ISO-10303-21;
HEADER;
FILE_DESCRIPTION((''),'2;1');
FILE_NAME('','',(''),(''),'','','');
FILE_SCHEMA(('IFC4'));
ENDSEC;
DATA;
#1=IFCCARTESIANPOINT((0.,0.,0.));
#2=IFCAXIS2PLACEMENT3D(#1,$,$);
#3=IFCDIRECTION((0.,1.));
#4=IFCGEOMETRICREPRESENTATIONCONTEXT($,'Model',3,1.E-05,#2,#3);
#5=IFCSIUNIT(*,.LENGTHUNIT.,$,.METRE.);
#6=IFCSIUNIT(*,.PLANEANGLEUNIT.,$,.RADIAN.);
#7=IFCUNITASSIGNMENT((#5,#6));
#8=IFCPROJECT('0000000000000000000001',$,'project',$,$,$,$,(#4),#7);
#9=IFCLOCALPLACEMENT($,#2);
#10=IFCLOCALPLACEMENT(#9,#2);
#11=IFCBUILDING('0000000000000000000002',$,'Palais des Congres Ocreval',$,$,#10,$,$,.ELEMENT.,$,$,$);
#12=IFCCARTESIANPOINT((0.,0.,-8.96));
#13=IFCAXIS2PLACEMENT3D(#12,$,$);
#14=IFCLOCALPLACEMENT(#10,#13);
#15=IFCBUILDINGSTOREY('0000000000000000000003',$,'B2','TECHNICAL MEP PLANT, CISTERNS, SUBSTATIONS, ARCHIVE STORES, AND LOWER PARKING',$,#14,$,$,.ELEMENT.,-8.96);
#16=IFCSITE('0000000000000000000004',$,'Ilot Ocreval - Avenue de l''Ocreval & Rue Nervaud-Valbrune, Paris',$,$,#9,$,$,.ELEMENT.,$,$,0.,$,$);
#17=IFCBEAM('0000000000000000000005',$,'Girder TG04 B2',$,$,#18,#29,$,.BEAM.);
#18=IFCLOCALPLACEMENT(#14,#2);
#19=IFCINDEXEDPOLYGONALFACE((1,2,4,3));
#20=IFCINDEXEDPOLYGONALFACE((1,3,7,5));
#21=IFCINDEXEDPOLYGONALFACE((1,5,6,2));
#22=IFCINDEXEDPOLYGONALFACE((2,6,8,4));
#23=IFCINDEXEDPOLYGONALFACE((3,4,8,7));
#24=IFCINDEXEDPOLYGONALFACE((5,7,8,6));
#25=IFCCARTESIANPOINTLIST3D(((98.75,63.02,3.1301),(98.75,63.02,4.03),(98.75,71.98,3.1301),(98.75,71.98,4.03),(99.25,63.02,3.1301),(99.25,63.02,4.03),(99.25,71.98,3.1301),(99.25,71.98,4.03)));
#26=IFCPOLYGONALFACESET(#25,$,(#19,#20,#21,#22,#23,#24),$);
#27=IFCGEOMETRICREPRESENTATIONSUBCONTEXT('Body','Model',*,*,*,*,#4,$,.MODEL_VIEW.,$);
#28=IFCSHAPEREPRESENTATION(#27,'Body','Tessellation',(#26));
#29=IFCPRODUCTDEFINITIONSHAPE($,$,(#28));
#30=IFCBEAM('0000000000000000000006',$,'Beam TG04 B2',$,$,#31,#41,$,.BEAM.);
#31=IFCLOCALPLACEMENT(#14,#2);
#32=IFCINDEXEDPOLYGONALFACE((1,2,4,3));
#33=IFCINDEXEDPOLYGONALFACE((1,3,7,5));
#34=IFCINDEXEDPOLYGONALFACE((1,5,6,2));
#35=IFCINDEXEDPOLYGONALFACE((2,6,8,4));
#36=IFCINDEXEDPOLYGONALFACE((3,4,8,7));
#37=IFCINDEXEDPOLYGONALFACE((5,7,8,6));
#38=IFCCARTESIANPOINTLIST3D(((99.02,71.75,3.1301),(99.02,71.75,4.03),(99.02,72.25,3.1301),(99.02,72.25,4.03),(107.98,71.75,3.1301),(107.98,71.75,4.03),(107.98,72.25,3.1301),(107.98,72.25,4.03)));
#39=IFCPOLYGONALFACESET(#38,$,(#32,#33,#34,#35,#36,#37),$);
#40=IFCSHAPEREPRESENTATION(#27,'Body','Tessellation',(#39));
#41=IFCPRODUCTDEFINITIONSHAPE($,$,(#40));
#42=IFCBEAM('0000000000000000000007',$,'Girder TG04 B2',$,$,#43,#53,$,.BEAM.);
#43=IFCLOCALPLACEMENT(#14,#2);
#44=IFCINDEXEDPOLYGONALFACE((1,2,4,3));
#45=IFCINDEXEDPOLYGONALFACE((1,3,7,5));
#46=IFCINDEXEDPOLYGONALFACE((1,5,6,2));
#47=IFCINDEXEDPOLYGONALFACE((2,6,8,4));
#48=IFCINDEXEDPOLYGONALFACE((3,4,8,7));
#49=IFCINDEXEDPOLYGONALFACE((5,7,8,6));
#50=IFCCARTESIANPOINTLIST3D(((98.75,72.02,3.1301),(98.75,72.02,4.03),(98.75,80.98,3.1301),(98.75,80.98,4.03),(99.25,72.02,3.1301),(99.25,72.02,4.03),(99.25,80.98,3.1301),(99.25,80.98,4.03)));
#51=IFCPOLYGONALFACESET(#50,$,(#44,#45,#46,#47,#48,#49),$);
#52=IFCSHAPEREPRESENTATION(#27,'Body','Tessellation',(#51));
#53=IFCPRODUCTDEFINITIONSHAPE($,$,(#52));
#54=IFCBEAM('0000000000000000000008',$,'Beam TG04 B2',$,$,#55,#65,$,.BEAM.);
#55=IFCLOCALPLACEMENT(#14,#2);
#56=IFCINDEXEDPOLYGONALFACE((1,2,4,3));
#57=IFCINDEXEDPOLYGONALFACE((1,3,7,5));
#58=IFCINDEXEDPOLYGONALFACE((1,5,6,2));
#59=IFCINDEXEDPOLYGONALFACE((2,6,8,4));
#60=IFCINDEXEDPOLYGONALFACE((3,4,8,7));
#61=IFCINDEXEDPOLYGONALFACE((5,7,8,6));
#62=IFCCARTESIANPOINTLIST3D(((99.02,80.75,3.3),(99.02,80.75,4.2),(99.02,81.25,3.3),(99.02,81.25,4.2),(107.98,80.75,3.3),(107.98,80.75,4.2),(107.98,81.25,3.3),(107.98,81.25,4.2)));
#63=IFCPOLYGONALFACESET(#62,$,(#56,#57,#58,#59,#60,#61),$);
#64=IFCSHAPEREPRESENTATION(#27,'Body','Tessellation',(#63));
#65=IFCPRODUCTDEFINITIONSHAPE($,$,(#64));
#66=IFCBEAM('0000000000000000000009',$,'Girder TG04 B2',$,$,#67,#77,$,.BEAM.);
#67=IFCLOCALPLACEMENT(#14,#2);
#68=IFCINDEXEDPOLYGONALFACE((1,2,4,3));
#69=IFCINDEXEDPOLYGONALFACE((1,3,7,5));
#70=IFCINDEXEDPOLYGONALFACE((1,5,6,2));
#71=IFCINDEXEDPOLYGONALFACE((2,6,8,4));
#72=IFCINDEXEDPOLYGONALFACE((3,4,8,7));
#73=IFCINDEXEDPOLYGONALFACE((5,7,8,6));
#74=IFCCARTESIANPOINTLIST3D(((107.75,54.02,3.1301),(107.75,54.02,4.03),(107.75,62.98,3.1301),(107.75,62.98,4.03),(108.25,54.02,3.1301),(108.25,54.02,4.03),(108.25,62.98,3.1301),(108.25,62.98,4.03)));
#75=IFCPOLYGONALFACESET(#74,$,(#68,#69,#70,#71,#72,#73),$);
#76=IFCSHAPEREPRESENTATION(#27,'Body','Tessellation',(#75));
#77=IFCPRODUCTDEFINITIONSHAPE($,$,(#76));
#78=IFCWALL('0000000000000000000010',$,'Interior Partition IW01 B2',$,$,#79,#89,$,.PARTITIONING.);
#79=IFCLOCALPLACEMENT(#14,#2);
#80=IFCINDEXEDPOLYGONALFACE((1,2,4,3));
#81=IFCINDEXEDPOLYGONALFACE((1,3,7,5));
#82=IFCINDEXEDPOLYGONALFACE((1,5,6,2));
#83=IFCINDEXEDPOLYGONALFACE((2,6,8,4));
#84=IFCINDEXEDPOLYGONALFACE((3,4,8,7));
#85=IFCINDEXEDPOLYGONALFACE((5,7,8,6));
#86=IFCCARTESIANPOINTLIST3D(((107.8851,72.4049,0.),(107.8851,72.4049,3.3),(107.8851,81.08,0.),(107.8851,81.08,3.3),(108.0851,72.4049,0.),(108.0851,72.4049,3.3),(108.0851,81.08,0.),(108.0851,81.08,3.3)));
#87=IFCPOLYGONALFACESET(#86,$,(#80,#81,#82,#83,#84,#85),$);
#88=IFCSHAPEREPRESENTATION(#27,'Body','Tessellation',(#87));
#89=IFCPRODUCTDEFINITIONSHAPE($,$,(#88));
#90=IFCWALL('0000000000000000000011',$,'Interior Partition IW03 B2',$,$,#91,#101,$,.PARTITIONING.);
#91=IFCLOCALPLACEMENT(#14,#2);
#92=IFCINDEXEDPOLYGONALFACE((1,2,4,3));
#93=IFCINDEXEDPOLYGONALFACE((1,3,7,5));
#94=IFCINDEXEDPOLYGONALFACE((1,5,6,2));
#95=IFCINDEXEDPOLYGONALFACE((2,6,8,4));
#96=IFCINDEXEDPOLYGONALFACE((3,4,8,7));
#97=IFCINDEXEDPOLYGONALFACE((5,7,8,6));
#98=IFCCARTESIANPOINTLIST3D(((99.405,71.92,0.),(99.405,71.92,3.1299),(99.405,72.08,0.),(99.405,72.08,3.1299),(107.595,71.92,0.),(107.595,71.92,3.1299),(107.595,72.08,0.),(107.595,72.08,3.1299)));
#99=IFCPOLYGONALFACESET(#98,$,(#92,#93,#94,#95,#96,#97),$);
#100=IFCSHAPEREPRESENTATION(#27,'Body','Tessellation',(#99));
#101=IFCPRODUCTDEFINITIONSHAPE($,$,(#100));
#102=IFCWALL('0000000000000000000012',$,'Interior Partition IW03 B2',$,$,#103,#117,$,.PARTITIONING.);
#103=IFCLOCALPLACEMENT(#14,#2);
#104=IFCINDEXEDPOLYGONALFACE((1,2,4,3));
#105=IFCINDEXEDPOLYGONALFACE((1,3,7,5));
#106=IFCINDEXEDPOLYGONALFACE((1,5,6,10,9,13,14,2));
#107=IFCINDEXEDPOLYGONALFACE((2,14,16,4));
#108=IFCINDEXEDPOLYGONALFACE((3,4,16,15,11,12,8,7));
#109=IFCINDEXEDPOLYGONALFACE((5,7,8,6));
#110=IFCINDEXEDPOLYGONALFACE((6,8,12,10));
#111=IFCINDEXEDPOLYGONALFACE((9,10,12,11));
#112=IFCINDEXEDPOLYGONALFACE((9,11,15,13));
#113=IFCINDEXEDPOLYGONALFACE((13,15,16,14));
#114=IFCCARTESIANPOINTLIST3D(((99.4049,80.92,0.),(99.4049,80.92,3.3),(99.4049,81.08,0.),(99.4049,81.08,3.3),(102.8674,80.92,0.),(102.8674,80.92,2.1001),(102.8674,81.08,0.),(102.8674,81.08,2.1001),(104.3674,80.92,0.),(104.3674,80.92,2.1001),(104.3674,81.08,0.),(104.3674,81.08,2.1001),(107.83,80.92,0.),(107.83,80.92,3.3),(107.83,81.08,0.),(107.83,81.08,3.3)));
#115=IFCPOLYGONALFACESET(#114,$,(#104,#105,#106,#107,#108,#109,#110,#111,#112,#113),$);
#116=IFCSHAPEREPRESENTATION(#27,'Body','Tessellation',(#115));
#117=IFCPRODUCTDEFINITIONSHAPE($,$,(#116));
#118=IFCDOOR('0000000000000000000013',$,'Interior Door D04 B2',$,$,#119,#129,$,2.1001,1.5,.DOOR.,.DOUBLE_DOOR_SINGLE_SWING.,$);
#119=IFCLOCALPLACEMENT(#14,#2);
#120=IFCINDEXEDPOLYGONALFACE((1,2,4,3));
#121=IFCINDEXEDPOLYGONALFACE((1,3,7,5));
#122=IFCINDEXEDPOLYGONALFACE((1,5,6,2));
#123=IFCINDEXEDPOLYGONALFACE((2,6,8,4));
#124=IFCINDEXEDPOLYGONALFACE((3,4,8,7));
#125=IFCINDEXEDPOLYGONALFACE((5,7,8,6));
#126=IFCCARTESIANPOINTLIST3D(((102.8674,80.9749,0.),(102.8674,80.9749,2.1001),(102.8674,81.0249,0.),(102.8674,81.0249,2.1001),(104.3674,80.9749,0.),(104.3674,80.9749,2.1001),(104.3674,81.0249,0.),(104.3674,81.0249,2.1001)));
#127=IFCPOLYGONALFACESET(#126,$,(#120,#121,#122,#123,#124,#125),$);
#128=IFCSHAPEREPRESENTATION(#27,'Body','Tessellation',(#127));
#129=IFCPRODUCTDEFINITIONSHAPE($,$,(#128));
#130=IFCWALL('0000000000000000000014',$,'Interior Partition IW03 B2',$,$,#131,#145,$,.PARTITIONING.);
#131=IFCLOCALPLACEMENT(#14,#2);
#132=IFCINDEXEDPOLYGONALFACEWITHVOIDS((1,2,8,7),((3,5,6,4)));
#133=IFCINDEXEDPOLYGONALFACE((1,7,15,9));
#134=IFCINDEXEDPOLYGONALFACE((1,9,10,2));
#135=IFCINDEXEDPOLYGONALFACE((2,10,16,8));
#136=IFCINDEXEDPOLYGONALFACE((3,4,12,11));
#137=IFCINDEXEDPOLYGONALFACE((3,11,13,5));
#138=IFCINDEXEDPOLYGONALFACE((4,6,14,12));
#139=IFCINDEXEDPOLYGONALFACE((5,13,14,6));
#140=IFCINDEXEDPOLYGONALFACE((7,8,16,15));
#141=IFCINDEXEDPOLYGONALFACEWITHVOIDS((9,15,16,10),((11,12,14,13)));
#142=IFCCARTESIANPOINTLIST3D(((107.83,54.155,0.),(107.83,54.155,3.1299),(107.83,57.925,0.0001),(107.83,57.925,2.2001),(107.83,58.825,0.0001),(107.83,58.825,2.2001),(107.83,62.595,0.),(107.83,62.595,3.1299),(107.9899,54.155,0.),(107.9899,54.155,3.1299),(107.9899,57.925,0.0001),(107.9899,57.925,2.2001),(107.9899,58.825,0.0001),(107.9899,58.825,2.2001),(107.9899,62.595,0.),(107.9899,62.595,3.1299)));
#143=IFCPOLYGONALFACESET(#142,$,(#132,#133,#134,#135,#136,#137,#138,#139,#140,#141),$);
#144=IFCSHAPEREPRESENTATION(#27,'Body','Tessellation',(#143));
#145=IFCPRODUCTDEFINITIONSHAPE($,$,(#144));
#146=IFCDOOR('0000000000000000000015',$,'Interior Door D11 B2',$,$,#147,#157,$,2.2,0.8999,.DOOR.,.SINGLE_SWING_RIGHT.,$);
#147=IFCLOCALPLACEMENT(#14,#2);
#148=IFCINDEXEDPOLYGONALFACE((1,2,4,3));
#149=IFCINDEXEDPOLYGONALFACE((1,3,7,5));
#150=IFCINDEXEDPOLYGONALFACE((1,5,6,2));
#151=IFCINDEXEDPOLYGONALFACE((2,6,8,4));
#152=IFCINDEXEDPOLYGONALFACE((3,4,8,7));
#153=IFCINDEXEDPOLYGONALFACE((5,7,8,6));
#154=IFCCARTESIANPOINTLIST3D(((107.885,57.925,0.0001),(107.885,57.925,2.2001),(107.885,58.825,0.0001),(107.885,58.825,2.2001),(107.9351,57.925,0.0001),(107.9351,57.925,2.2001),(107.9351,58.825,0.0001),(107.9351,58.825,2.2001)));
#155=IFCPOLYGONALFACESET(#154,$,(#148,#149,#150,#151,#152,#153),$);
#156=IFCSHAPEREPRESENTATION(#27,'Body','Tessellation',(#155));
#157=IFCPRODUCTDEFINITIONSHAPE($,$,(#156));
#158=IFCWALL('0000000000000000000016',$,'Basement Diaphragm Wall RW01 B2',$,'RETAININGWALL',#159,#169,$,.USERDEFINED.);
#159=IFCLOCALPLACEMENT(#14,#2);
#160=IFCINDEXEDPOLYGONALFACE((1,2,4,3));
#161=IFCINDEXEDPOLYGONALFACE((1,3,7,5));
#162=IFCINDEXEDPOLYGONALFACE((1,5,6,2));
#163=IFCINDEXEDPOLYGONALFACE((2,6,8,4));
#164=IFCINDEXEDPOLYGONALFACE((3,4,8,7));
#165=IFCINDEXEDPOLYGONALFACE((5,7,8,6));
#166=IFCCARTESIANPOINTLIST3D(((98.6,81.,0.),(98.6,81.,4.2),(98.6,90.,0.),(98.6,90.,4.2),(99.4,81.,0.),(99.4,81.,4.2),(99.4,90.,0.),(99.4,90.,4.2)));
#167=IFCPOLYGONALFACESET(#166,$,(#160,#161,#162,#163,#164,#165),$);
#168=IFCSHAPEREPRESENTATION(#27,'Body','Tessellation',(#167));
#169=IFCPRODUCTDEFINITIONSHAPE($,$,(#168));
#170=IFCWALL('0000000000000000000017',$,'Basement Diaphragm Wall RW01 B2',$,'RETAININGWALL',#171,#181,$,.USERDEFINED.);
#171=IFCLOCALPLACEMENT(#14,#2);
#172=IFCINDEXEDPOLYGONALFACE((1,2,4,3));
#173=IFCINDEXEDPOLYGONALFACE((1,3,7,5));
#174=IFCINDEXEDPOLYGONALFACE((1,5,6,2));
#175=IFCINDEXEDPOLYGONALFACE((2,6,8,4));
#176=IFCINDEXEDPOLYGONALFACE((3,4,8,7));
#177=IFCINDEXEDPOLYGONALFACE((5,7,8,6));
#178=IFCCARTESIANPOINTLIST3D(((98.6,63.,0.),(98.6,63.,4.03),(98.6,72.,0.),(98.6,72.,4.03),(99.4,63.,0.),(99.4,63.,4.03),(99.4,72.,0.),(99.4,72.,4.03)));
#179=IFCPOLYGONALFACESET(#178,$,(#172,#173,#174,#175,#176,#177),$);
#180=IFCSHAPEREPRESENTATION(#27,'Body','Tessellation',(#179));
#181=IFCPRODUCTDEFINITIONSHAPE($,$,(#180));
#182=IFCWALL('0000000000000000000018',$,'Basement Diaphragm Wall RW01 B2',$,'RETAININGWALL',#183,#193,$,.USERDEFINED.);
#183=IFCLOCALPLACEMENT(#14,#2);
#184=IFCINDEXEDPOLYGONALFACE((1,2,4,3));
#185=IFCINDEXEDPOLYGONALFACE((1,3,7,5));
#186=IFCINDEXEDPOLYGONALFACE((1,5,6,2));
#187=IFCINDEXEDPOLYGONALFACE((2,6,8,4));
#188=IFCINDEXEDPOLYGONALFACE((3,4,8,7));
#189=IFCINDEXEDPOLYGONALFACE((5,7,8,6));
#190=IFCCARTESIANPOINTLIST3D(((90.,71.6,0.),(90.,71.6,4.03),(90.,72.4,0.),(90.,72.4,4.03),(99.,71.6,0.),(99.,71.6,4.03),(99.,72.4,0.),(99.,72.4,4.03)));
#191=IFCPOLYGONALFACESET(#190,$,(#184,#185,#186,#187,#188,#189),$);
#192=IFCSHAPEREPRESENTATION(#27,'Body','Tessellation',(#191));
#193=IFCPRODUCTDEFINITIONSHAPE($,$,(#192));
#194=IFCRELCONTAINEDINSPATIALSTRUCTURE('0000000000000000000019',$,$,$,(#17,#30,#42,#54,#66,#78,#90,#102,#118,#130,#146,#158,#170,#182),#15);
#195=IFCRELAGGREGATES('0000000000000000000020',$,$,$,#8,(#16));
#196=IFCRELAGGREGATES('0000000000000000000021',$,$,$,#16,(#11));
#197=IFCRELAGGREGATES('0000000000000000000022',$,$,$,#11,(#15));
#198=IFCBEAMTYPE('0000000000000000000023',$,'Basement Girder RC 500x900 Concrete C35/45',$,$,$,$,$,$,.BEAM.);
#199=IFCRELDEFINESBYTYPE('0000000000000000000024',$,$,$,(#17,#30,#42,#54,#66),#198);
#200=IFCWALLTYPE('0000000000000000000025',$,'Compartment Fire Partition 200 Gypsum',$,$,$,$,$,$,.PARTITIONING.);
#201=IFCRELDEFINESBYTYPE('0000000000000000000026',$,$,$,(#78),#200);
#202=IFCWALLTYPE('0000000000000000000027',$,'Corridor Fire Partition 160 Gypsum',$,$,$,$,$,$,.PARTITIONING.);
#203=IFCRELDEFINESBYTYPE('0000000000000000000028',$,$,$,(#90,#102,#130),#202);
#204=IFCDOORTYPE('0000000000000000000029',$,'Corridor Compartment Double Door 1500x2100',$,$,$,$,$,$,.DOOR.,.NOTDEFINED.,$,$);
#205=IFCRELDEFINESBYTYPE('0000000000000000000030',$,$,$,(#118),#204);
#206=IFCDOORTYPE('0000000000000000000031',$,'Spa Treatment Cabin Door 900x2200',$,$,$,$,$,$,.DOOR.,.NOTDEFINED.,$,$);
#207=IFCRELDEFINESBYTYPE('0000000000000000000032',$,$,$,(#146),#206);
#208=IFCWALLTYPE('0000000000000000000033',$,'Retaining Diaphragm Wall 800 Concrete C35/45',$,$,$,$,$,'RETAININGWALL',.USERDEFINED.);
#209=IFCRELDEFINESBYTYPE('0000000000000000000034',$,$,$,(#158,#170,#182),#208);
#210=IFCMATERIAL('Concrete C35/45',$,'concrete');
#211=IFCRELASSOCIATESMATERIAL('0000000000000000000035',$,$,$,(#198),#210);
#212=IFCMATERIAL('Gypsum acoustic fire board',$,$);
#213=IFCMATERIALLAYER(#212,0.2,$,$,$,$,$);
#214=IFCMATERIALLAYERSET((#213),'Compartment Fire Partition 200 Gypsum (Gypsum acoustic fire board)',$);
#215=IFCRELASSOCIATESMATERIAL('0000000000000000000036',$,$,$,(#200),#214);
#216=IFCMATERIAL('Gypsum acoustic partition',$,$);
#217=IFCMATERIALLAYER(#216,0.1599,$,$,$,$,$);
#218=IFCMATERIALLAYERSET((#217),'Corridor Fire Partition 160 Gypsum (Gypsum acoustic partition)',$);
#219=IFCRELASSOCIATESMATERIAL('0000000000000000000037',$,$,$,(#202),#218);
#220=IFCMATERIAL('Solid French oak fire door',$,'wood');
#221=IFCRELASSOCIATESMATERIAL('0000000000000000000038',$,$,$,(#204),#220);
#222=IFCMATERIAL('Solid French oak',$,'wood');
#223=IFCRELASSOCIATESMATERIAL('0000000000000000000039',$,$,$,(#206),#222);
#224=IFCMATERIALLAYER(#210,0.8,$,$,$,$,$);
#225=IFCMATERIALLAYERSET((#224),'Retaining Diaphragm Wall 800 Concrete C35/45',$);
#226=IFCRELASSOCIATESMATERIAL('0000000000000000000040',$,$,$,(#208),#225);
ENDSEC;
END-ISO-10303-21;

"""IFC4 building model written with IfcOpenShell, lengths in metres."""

from ifc_helpers import new_model, si_unit, direction, frame, frame_2d, origin, origin_2d, place, context, subcontext, project, spatial, rectangle, extrude, material, layer, layer_set, material_profile, profile_set, type_object, element, fill, save


model = new_model("IFC4")

# Units and contexts
model_context = context("Model", 3, precision=1e-05, world=origin(), true_north=direction((0.0, 1.0)))
body_context = subcontext(model_context, "Body", "Model", "MODEL_VIEW")
ifc_project = project(units=[si_unit("LENGTHUNIT", "METRE"), si_unit("PLANEANGLEUNIT", "RADIAN")], contexts=[model_context])

# Site, building, storey
site_placement = place(None, origin())
site = spatial("IfcSite", under=ifc_project, at=site_placement, Name="Ilot Ocreval - Avenue de l'Ocreval & Rue Nervaud-Valbrune, Paris", CompositionType="ELEMENT", RefElevation=0.0)
building_placement = place(site_placement, origin())
building = spatial("IfcBuilding", under=site, at=building_placement, Name="Palais des Congres Ocreval", CompositionType="ELEMENT")
storey_placement = place(building_placement, frame((0.0, 0.0, -8.96)))
storey = spatial("IfcBuildingStorey", under=building, at=storey_placement, Name="B2", Description="TECHNICAL MEP PLANT, CISTERNS, SUBSTATIONS, ARCHIVE STORES, AND LOWER PARKING", CompositionType="ELEMENT", Elevation=-8.96)

# Shared definitions
ifc_material_1 = material(Name="Concrete C35/45", Category="concrete")

# Beams
ifc_material_profile_1 = material_profile(ifc_material_1, rectangle(XDim=0.5, YDim=0.8999, at=origin_2d()), Name="RC 500x900")
ifc_profile_set_1 = profile_set([ifc_material_profile_1], Name="Concrete C35/45")
beam_type = type_object("IfcBeamType", Name="Basement Girder RC 500x900 Concrete C35/45", PredefinedType="BEAM", material=ifc_profile_set_1)
for number, where, z_axis, x_axis, name in (
    (1, (99.0, 63.02, 3.5801), (0.0, 1.0, 0.0), (-1.0, 0.0, 0.0), "Girder TG04 B2"),
    (2, (99.02, 72.0, 3.5801), (1.0, 0.0, 0.0), (0.0, 1.0, 0.0), "Beam TG04 B2"),
    (3, (99.0, 72.02, 3.5801), (0.0, 1.0, 0.0), (-1.0, 0.0, 0.0), "Girder TG04 B2"),
    (4, (99.02, 81.0, 3.75), (1.0, 0.0, 0.0), (0.0, 1.0, 0.0), "Beam TG04 B2"),
    (5, (108.0, 54.02, 3.5801), (0.0, 1.0, 0.0), (-1.0, 0.0, 0.0), "Girder TG04 B2"),
):
    element("IfcBeam", number, at=place(storey_placement, frame(where, z_axis=z_axis, x_axis=x_axis)), inside=storey, type_object=beam_type, Name=name, PredefinedType="BEAM", context=body_context, shape_type="SweptSolid", body=[
        extrude(rectangle(XDim=0.5, YDim=0.8999, at=origin_2d()), origin(), (0.0, 0.0, 1.0), 8.96),
    ])

# Walls
ifc_material_2 = material(Name="Gypsum acoustic fire board")
ifc_layer_1 = layer(ifc_material_2, 0.2)
ifc_layer_set_1 = layer_set([ifc_layer_1], Name="Compartment Fire Partition 200 Gypsum (Gypsum acoustic fire board)")
wall_type_1 = type_object("IfcWallType", Name="Compartment Fire Partition 200 Gypsum", PredefinedType="PARTITIONING", material=ifc_layer_set_1)
wall_1_placement = place(storey_placement, frame((107.9851, 72.405, 0.0), z_axis=(0.0, 0.0, 1.0), x_axis=(0.0, 1.0, 0.0)))
element("IfcWall", 6, at=wall_1_placement, inside=storey, type_object=wall_type_1, Name="Interior Partition IW01 B2", PredefinedType="PARTITIONING", context=body_context, shape_type="SweptSolid", body=[
    extrude(rectangle(XDim=8.675, YDim=0.2, at=frame_2d((4.3374, 0.0))), origin(), (0.0, 0.0, 1.0), 3.3),
])
ifc_material_3 = material(Name="Gypsum acoustic partition")
ifc_layer_2 = layer(ifc_material_3, 0.1599)
ifc_layer_set_2 = layer_set([ifc_layer_2], Name="Corridor Fire Partition 160 Gypsum (Gypsum acoustic partition)")
wall_type_2 = type_object("IfcWallType", Name="Corridor Fire Partition 160 Gypsum", PredefinedType="PARTITIONING", material=ifc_layer_set_2)
wall_2_placement = place(storey_placement, frame((99.405, 72.0, 0.0), z_axis=(0.0, 0.0, 1.0), x_axis=(1.0, 0.0, 0.0)))
element("IfcWall", 7, at=wall_2_placement, inside=storey, type_object=wall_type_2, Name="Interior Partition IW03 B2", PredefinedType="PARTITIONING", context=body_context, shape_type="SweptSolid", body=[
    extrude(rectangle(XDim=8.1899, YDim=0.1599, at=frame_2d((4.095, 0.0))), origin(), (0.0, 0.0, 1.0), 3.1299),
])

# Walls, openings, doors
wall_3_placement = place(storey_placement, frame((99.405, 81.0, 0.0), z_axis=(0.0, 0.0, 1.0), x_axis=(1.0, 0.0, 0.0)))
wall_3 = element("IfcWall", 8, at=wall_3_placement, inside=storey, type_object=wall_type_2, Name="Interior Partition IW03 B2", PredefinedType="PARTITIONING", context=body_context, shape_type="SweptSolid", body=[
    extrude(rectangle(XDim=8.425, YDim=0.1599, at=frame_2d((4.2124, 0.0))), origin(), (0.0, 0.0, 1.0), 3.3),
])
opening_1_placement = place(wall_3_placement, frame((3.4624, 0.0, 0.0)))
opening_1 = element("IfcOpeningElement", 9, at=opening_1_placement, cuts=wall_3, PredefinedType="OPENING", context=body_context, shape_type="SweptSolid", body=[
    extrude(rectangle(XDim=1.5, YDim=2.1001, at=frame_2d((0.75, 1.05))), frame((0.0, 0.0898, 0.0), z_axis=(0.0, -1.0, 0.0), x_axis=(1.0, 0.0, 0.0)), (0.0, 0.0, 1.0), 0.1799),
])
ifc_material_4 = material(Name="Solid French oak fire door", Category="wood")
door_type_1 = type_object("IfcDoorType", Name="Corridor Compartment Double Door 1500x2100", OperationType="NOTDEFINED", PredefinedType="DOOR", material=ifc_material_4)
door_1_placement = place(opening_1_placement, origin())
door_1 = element("IfcDoor", 10, at=door_1_placement, inside=storey, type_object=door_type_1, Name="Interior Door D04 B2", OperationType="DOUBLE_DOOR_SINGLE_SWING", OverallHeight=2.1001, OverallWidth=1.5, PredefinedType="DOOR", context=body_context, shape_type="SweptSolid", body=[
    extrude(rectangle(XDim=1.5, YDim=2.1001, at=frame_2d((0.75, 1.05))), frame((0.0, 0.0249, 0.0), z_axis=(0.0, -1.0, 0.0), x_axis=(1.0, 0.0, 0.0)), (0.0, 0.0, 1.0), 0.05),
])
fill(opening_1, door_1)
wall_4_placement = place(storey_placement, frame((107.9099, 54.155, 0.0), z_axis=(0.0, 0.0, 1.0), x_axis=(0.0, 1.0, 0.0)))
wall_4 = element("IfcWall", 11, at=wall_4_placement, inside=storey, type_object=wall_type_2, Name="Interior Partition IW03 B2", PredefinedType="PARTITIONING", context=body_context, shape_type="SweptSolid", body=[
    extrude(rectangle(XDim=8.4399, YDim=0.1599, at=frame_2d((4.22, 0.0))), origin(), (0.0, 0.0, 1.0), 3.1299),
])
opening_2_placement = place(wall_4_placement, frame((3.77, 0.0, 0.0)))
opening_2 = element("IfcOpeningElement", 12, at=opening_2_placement, cuts=wall_4, PredefinedType="OPENING", context=body_context, shape_type="SweptSolid", body=[
    extrude(rectangle(XDim=0.8999, YDim=2.2, at=frame_2d((0.45, 1.1001))), frame((0.0, 0.0898, 0.0), z_axis=(0.0, -1.0, 0.0), x_axis=(1.0, 0.0, 0.0)), (0.0, 0.0, 1.0), 0.1799),
])
ifc_material_5 = material(Name="Solid French oak", Category="wood")
door_type_2 = type_object("IfcDoorType", Name="Spa Treatment Cabin Door 900x2200", OperationType="NOTDEFINED", PredefinedType="DOOR", material=ifc_material_5)
door_2_placement = place(opening_2_placement, origin())
door_2 = element("IfcDoor", 13, at=door_2_placement, inside=storey, type_object=door_type_2, Name="Interior Door D11 B2", OperationType="SINGLE_SWING_RIGHT", OverallHeight=2.2, OverallWidth=0.8999, PredefinedType="DOOR", context=body_context, shape_type="SweptSolid", body=[
    extrude(rectangle(XDim=0.8999, YDim=2.2, at=frame_2d((0.45, 1.1001))), frame((0.0, 0.0249, 0.0), z_axis=(0.0, -1.0, 0.0), x_axis=(1.0, 0.0, 0.0)), (0.0, 0.0, 1.0), 0.05),
])
fill(opening_2, door_2)

# Walls
ifc_layer_3 = layer(ifc_material_1, 0.8)
ifc_layer_set_3 = layer_set([ifc_layer_3], Name="Retaining Diaphragm Wall 800 Concrete C35/45")
wall_type_3 = type_object("IfcWallType", Name="Retaining Diaphragm Wall 800 Concrete C35/45", ElementType="RETAININGWALL", PredefinedType="USERDEFINED", material=ifc_layer_set_3)
wall_5_placement = place(storey_placement, frame((99.0, 81.0, 0.0), z_axis=(0.0, 0.0, 1.0), x_axis=(0.0, 1.0, 0.0)))
element("IfcWall", 14, at=wall_5_placement, inside=storey, type_object=wall_type_3, Name="Basement Diaphragm Wall RW01 B2", ObjectType="RETAININGWALL", PredefinedType="USERDEFINED", context=body_context, shape_type="SweptSolid", body=[
    extrude(rectangle(XDim=9.0, YDim=0.8, at=frame_2d((4.5, 0.0))), origin(), (0.0, 0.0, 1.0), 4.2),
])
for number, where, z_axis, x_axis, name in (
    (15, (99.0, 63.0, 0.0), (0.0, 0.0, 1.0), (0.0, 1.0, 0.0), "Basement Diaphragm Wall RW01 B2"),
    (16, (99.0, 72.0, 0.0), (0.0, 0.0, 1.0), (-1.0, 0.0, 0.0), "Basement Diaphragm Wall RW01 B2"),
):
    element("IfcWall", number, at=place(storey_placement, frame(where, z_axis=z_axis, x_axis=x_axis)), inside=storey, type_object=wall_type_3, Name=name, ObjectType="RETAININGWALL", PredefinedType="USERDEFINED", context=body_context, shape_type="SweptSolid", body=[
        extrude(rectangle(XDim=9.0, YDim=0.8, at=frame_2d((4.5, 0.0))), origin(), (0.0, 0.0, 1.0), 4.03),
    ])

save(model, "model.ifc")
